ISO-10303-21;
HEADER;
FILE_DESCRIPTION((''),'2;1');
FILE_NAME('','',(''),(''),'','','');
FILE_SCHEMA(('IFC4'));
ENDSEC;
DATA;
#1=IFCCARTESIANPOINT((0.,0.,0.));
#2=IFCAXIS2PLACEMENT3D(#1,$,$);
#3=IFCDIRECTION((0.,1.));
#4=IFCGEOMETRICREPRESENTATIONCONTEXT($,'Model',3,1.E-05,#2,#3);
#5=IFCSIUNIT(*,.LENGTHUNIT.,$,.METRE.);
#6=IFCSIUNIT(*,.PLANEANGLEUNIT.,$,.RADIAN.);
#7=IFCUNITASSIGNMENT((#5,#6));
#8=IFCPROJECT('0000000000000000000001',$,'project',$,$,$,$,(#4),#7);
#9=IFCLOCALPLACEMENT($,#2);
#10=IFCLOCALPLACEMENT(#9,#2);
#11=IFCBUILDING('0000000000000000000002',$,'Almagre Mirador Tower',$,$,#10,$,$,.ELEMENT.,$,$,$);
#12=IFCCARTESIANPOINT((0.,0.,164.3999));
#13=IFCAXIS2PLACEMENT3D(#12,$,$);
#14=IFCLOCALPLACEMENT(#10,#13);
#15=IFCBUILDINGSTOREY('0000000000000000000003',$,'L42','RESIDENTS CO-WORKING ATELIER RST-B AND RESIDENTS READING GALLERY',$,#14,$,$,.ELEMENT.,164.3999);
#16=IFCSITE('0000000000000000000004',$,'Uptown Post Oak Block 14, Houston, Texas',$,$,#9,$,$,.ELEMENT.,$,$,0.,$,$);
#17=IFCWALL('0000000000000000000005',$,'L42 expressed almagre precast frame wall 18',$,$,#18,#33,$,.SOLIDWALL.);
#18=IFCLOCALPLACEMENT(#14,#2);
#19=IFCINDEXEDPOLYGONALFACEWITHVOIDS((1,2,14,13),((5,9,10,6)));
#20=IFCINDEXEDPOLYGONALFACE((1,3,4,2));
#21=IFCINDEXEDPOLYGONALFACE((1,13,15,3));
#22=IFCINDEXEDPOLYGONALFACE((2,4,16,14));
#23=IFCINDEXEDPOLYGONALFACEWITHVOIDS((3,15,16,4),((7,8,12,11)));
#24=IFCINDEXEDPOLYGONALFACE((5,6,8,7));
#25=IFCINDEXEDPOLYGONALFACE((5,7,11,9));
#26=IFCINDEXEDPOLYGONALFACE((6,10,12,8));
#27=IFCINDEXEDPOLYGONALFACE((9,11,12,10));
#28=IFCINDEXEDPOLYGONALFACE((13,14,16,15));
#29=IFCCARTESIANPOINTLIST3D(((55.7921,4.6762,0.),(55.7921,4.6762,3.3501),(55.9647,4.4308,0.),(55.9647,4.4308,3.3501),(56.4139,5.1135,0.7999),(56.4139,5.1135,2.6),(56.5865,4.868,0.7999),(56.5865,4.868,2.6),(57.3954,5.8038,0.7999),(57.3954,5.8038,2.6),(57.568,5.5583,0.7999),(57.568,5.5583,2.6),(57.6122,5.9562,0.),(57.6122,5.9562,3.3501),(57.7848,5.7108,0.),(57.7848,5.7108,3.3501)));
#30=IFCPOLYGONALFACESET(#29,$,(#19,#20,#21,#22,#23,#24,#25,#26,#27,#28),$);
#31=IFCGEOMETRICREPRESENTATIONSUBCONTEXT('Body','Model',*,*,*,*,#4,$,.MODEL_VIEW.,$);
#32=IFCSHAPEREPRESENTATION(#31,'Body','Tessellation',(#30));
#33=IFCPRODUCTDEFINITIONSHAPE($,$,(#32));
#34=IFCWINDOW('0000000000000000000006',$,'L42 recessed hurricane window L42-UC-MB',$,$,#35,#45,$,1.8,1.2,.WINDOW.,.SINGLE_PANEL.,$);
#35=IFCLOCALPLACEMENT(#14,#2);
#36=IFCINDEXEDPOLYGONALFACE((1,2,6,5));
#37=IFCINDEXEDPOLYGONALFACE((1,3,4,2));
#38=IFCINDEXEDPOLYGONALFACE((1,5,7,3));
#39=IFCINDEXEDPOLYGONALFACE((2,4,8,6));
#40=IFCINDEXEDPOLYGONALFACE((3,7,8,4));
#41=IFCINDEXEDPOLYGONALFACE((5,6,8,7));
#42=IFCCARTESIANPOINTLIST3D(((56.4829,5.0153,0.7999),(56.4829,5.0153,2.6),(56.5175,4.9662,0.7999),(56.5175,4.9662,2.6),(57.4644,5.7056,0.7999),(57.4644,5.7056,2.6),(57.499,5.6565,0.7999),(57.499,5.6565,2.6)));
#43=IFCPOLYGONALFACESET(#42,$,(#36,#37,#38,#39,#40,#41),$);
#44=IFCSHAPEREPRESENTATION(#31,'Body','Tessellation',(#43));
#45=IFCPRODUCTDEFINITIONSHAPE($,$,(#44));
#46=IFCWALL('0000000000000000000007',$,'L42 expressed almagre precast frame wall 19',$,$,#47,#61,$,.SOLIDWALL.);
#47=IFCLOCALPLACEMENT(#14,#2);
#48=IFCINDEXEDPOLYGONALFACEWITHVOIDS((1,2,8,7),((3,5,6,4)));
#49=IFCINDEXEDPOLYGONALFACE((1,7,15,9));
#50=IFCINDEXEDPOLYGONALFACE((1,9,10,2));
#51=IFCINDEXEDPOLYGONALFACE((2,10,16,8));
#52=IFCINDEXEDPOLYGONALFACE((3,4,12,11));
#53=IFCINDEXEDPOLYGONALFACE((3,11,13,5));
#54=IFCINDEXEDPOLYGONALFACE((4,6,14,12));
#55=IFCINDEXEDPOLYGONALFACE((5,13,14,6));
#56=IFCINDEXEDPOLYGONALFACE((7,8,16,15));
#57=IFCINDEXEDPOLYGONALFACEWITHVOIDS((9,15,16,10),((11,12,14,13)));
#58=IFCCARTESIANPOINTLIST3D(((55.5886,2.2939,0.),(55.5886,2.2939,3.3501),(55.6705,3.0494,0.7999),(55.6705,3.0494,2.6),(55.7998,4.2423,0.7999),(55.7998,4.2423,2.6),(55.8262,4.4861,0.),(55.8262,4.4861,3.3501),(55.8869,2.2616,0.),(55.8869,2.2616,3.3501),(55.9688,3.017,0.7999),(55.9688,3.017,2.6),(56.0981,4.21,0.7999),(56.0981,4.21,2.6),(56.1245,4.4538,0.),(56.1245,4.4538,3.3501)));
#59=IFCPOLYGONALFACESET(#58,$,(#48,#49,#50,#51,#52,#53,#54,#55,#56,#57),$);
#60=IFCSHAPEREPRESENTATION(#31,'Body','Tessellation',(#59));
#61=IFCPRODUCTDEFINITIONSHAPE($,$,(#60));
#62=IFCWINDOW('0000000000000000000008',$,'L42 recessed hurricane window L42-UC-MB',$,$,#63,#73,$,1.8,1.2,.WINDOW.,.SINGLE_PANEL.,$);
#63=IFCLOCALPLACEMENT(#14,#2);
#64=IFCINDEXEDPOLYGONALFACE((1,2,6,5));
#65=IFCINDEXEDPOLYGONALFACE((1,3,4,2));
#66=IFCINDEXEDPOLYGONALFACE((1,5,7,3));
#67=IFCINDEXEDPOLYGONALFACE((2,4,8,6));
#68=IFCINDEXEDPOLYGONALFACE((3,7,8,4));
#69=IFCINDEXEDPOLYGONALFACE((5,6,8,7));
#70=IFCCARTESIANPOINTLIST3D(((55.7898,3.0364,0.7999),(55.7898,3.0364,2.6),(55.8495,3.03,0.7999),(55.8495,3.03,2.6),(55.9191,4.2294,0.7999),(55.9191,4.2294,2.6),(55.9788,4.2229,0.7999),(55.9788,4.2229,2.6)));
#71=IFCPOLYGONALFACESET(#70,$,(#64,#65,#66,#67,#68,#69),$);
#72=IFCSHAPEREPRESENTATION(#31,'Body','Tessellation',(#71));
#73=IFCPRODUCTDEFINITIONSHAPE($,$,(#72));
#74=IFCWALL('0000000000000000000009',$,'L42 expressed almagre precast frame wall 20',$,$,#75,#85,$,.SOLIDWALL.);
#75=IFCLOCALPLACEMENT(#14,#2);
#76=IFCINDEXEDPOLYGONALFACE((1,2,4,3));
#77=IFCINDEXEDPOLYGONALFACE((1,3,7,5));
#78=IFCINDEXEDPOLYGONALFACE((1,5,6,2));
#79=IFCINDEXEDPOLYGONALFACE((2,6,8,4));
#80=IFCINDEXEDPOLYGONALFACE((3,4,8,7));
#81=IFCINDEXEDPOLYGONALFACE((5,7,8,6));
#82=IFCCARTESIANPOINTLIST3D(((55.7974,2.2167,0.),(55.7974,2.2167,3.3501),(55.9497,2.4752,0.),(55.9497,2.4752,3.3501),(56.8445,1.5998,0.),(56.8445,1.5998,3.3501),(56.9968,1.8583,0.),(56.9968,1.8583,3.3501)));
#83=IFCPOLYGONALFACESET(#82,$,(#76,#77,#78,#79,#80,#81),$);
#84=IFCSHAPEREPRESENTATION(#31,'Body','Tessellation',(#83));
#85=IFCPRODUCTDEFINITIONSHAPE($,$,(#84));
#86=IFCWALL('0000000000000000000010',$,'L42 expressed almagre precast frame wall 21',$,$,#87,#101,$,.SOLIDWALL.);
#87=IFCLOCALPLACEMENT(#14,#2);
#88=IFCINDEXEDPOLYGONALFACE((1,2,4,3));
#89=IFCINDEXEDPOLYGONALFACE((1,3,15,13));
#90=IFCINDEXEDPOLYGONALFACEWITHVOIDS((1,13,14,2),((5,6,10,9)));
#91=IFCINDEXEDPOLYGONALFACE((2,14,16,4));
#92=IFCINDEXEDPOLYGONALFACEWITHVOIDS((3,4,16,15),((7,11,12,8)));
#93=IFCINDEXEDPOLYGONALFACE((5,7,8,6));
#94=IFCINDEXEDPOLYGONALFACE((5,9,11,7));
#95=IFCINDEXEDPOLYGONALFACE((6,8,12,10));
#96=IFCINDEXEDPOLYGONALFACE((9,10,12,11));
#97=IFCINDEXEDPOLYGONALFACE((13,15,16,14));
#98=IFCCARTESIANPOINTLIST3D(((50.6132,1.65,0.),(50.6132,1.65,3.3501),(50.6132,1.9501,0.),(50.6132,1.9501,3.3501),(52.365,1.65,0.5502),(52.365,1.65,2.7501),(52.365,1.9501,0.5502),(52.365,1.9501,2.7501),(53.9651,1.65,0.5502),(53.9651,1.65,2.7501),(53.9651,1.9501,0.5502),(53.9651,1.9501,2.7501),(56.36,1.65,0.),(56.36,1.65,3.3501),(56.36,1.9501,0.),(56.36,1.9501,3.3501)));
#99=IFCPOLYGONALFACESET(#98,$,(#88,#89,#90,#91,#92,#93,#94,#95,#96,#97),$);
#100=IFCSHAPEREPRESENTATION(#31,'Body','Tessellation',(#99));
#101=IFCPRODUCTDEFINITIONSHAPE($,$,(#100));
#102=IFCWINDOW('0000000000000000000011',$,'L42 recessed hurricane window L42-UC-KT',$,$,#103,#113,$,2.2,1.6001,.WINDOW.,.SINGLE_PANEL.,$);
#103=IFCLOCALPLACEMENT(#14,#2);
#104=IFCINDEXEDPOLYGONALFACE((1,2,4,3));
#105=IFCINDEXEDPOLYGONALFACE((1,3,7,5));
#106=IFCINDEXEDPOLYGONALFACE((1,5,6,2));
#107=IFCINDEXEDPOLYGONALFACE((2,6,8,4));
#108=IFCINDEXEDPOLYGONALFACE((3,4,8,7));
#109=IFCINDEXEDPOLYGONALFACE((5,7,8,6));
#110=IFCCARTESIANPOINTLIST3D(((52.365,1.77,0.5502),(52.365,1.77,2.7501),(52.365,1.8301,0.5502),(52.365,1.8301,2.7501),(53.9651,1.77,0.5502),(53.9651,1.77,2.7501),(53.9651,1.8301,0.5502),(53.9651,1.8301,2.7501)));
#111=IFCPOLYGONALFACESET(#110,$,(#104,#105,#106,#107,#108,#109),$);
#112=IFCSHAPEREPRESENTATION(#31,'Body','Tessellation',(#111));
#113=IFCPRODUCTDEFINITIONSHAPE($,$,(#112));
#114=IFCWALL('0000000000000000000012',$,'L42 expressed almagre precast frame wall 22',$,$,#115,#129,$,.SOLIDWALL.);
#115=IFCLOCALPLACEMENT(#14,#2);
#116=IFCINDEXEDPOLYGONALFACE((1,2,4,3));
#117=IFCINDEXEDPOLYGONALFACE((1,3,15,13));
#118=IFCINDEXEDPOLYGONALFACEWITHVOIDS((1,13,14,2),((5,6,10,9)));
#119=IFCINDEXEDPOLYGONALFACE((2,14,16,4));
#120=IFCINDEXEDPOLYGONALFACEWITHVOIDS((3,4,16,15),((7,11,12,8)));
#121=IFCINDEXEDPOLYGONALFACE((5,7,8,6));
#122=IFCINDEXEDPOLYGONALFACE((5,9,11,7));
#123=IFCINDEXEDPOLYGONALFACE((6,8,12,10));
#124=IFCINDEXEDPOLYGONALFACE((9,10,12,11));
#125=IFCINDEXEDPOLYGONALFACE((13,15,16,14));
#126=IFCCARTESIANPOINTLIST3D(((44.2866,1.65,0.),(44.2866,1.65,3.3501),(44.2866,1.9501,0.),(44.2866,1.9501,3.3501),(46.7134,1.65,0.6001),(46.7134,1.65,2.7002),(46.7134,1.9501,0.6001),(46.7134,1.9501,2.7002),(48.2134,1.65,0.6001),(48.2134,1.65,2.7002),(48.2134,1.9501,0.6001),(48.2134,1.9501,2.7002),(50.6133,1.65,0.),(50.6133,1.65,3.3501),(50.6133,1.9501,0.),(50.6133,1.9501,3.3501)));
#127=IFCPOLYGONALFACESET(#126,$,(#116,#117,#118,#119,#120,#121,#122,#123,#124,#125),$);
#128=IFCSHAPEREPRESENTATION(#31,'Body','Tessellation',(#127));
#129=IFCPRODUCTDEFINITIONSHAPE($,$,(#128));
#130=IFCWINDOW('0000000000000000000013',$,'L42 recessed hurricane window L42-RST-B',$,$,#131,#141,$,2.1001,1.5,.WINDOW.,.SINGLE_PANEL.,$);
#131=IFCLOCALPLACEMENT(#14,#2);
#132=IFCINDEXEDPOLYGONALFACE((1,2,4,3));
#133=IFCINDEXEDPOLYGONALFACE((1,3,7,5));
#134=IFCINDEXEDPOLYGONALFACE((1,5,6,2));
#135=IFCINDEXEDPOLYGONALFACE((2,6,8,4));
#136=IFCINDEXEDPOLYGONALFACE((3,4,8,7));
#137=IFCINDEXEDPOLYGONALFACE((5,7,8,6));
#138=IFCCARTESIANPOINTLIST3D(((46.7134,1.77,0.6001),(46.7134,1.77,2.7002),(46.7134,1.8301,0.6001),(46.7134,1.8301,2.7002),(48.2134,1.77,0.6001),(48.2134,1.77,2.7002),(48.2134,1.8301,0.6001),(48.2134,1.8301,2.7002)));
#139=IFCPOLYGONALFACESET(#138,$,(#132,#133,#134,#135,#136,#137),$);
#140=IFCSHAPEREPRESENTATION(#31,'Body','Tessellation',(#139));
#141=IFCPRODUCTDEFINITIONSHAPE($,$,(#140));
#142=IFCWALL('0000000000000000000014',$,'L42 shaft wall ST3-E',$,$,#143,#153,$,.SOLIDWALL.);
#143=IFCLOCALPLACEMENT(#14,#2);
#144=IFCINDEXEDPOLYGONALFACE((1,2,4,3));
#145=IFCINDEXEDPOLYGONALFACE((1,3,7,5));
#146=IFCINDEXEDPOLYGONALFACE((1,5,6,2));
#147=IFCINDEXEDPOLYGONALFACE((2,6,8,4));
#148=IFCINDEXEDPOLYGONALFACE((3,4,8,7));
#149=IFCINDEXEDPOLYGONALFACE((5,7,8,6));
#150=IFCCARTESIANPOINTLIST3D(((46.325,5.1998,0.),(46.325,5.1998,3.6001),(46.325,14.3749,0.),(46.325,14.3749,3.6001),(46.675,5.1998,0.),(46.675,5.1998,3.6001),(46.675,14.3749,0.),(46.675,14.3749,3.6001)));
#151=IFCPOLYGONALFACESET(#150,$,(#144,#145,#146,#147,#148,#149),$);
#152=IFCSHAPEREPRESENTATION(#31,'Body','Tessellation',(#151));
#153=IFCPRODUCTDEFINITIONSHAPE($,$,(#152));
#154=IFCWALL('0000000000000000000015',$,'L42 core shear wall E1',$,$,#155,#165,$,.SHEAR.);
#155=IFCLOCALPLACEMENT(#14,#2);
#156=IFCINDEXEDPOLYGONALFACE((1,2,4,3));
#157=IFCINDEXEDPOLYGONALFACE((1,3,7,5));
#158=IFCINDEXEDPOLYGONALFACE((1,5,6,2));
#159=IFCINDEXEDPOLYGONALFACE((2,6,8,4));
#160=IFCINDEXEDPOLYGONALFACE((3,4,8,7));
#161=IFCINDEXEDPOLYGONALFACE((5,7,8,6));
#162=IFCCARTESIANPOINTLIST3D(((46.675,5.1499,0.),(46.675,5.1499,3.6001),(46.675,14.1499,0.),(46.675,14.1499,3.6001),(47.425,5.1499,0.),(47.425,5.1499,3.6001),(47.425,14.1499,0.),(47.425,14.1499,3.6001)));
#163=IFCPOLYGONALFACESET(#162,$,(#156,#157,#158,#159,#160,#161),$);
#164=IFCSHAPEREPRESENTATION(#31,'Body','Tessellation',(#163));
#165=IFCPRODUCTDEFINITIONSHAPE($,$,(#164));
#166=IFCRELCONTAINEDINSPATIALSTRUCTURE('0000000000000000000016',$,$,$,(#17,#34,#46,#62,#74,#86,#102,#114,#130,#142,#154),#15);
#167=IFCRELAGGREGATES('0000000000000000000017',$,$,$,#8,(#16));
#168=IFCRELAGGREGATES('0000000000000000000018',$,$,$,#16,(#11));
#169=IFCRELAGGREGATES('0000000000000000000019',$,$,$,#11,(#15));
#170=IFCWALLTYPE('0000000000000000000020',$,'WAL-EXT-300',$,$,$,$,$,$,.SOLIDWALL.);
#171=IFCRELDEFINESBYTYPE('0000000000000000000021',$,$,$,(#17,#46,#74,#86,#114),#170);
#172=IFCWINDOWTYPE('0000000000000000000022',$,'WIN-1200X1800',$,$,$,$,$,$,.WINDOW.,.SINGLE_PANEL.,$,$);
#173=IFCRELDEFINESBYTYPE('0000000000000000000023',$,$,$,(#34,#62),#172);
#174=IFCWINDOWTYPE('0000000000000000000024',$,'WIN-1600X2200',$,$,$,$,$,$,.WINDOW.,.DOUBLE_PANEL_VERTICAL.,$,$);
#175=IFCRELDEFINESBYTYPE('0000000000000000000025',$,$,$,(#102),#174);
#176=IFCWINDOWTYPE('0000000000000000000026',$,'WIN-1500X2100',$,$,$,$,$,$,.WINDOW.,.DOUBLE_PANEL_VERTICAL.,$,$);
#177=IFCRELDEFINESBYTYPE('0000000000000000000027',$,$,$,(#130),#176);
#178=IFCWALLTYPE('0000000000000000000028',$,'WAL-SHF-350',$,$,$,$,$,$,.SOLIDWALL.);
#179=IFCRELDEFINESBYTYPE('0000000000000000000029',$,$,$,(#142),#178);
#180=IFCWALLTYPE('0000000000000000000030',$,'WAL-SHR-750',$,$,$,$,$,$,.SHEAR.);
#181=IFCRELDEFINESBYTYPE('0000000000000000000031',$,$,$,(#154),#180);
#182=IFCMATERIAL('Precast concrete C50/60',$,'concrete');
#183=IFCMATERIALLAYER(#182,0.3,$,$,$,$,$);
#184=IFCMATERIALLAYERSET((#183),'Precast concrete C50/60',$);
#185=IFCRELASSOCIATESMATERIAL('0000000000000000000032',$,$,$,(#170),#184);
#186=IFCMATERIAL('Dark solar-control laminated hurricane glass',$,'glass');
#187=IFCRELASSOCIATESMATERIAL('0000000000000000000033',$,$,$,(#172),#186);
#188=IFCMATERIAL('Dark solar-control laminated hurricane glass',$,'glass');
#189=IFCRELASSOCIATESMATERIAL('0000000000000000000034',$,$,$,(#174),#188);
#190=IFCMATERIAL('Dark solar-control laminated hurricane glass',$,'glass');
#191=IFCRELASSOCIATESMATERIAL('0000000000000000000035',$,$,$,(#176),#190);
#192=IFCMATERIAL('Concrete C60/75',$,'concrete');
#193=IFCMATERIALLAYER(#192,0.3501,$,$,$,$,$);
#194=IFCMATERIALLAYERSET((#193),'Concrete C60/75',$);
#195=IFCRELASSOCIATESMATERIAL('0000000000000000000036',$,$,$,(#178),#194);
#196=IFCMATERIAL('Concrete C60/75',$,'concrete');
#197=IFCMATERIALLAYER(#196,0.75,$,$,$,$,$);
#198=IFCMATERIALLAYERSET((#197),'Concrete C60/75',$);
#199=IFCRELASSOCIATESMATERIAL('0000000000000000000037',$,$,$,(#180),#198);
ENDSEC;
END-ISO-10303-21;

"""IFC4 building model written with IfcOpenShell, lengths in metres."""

from ifc_helpers import new_model, si_unit, direction, frame, frame_2d, origin, place, context, subcontext, project, spatial, rectangle, extrude, material, layer, layer_set, type_object, element, fill, save


model = new_model("IFC4")

# Units and contexts
model_context = context("Model", 3, precision=1e-05, world=origin(), true_north=direction((0.0, 1.0)))
body_context = subcontext(model_context, "Body", "Model", "MODEL_VIEW")
ifc_project = project(units=[si_unit("LENGTHUNIT", "METRE"), si_unit("PLANEANGLEUNIT", "RADIAN")], contexts=[model_context])

# Site, building, storey
site_placement = place(None, origin())
site = spatial("IfcSite", under=ifc_project, at=site_placement, Name="Uptown Post Oak Block 14, Houston, Texas", CompositionType="ELEMENT", RefElevation=0.0)
building_placement = place(site_placement, origin())
building = spatial("IfcBuilding", under=site, at=building_placement, Name="Almagre Mirador Tower", CompositionType="ELEMENT")
storey_placement = place(building_placement, frame((0.0, 0.0, 164.3999)))
storey = spatial("IfcBuildingStorey", under=building, at=storey_placement, Name="L42", Description="RESIDENTS CO-WORKING ATELIER RST-B AND RESIDENTS READING GALLERY", CompositionType="ELEMENT", Elevation=164.3999)

# Shared definitions
ifc_material_1 = material(Name="Precast concrete C50/60", Category="concrete")
ifc_layer_1 = layer(ifc_material_1, 0.3)
ifc_layer_set_1 = layer_set([ifc_layer_1], Name="Precast concrete C50/60")
wall_type_1 = type_object("IfcWallType", Name="WAL-EXT-300", PredefinedType="SOLIDWALL", material=ifc_layer_set_1)

# Walls, openings, windows
wall_1_placement = place(storey_placement, frame((57.6985, 5.8335, 0.0), z_axis=(0.0, 0.0, 1.0), x_axis=(-0.817967, -0.575265, 0.0)))
wall_1 = element("IfcWall", 1, at=wall_1_placement, inside=storey, type_object=wall_type_1, Name="L42 expressed almagre precast frame wall 18", PredefinedType="SOLIDWALL", context=body_context, shape_type="SweptSolid", body=[
    extrude(rectangle(XDim=2.2251, YDim=0.3, at=frame_2d((1.1125, 0.0))), origin(), (0.0, 0.0, 1.0), 3.3501),
])
opening_1_placement = place(wall_1_placement, frame((0.2649, 0.0, 0.8)))
opening_1 = element("IfcOpeningElement", 2, at=opening_1_placement, cuts=wall_1, PredefinedType="OPENING", context=body_context, shape_type="SweptSolid", body=[
    extrude(rectangle(XDim=1.2, YDim=1.8, at=frame_2d((0.6001, 0.8999))), frame((0.0, 0.1599, 0.0), z_axis=(0.0, -1.0, 0.0), x_axis=(1.0, 0.0, 0.0)), (0.0, 0.0, 1.0), 0.32),
])
ifc_material_2 = material(Name="Dark solar-control laminated hurricane glass", Category="glass")
window_type_1 = type_object("IfcWindowType", Name="WIN-1200X1800", PartitioningType="SINGLE_PANEL", PredefinedType="WINDOW", material=ifc_material_2)
window_1_placement = place(opening_1_placement, origin())
window_1 = element("IfcWindow", 3, at=window_1_placement, inside=storey, type_object=window_type_1, Name="L42 recessed hurricane window L42-UC-MB", OverallHeight=1.8, OverallWidth=1.2, PartitioningType="SINGLE_PANEL", PredefinedType="WINDOW", context=body_context, shape_type="SweptSolid", body=[
    extrude(rectangle(XDim=1.2, YDim=1.8, at=frame_2d((0.6001, 0.8999))), frame((0.0, 0.03, 0.0), z_axis=(0.0, -1.0, 0.0), x_axis=(1.0, 0.0, 0.0)), (0.0, 0.0, 1.0), 0.0601),
])
fill(opening_1, window_1)
wall_2_placement = place(storey_placement, frame((55.9753, 4.47, 0.0), z_axis=(0.0, 0.0, 1.0), x_axis=(-0.107733, -0.99418, 0.0)))
wall_2 = element("IfcWall", 4, at=wall_2_placement, inside=storey, type_object=wall_type_1, Name="L42 expressed almagre precast frame wall 19", PredefinedType="SOLIDWALL", context=body_context, shape_type="SweptSolid", body=[
    extrude(rectangle(XDim=2.2051, YDim=0.3, at=frame_2d((1.1025, 0.0))), origin(), (0.0, 0.0, 1.0), 3.3501),
])
opening_2_placement = place(wall_2_placement, frame((0.2451, 0.0, 0.8)))
opening_2 = element("IfcOpeningElement", 5, at=opening_2_placement, cuts=wall_2, PredefinedType="OPENING", context=body_context, shape_type="SweptSolid", body=[
    extrude(rectangle(XDim=1.2, YDim=1.8, at=frame_2d((0.6001, 0.8999))), frame((0.0, 0.1599, 0.0), z_axis=(0.0, -1.0, 0.0), x_axis=(1.0, 0.0, 0.0)), (0.0, 0.0, 1.0), 0.32),
])
window_2_placement = place(opening_2_placement, origin())
window_2 = element("IfcWindow", 6, at=window_2_placement, inside=storey, type_object=window_type_1, Name="L42 recessed hurricane window L42-UC-MB", OverallHeight=1.8, OverallWidth=1.2, PartitioningType="SINGLE_PANEL", PredefinedType="WINDOW", context=body_context, shape_type="SweptSolid", body=[
    extrude(rectangle(XDim=1.2, YDim=1.8, at=frame_2d((0.6001, 0.8999))), frame((0.0, 0.03, 0.0), z_axis=(0.0, -1.0, 0.0), x_axis=(1.0, 0.0, 0.0)), (0.0, 0.0, 1.0), 0.0601),
])
fill(opening_2, window_2)

# Wall
wall_3_placement = place(storey_placement, frame((55.8735, 2.3459, 0.0), z_axis=(0.0, 0.0, 1.0), x_axis=(0.861578, -0.507626, 0.0)))
element("IfcWall", 7, at=wall_3_placement, inside=storey, type_object=wall_type_1, Name="L42 expressed almagre precast frame wall 20", PredefinedType="SOLIDWALL", context=body_context, shape_type="SweptSolid", body=[
    extrude(rectangle(XDim=1.2153, YDim=0.3, at=frame_2d((0.6077, 0.0))), origin(), (0.0, 0.0, 1.0), 3.3501),
])

# Walls, openings, windows
wall_4_placement = place(storey_placement, frame((56.3601, 1.8, 0.0), z_axis=(0.0, 0.0, 1.0), x_axis=(-1.0, 0.0, 0.0)))
wall_4 = element("IfcWall", 8, at=wall_4_placement, inside=storey, type_object=wall_type_1, Name="L42 expressed almagre precast frame wall 21", PredefinedType="SOLIDWALL", context=body_context, shape_type="SweptSolid", body=[
    extrude(rectangle(XDim=5.7468, YDim=0.3, at=frame_2d((2.8735, 0.0))), origin(), (0.0, 0.0, 1.0), 3.3501),
])
opening_3_placement = place(wall_4_placement, frame((2.395, 0.0, 0.55)))
opening_3 = element("IfcOpeningElement", 9, at=opening_3_placement, cuts=wall_4, PredefinedType="OPENING", context=body_context, shape_type="SweptSolid", body=[
    extrude(rectangle(XDim=1.6001, YDim=2.2, at=frame_2d((0.8, 1.1001))), frame((0.0, 0.1599, 0.0), z_axis=(0.0, -1.0, 0.0), x_axis=(1.0, 0.0, 0.0)), (0.0, 0.0, 1.0), 0.32),
])
ifc_material_3 = material(Name="Dark solar-control laminated hurricane glass", Category="glass")
window_type_2 = type_object("IfcWindowType", Name="WIN-1600X2200", PartitioningType="DOUBLE_PANEL_VERTICAL", PredefinedType="WINDOW", material=ifc_material_3)
window_3_placement = place(opening_3_placement, origin())
window_3 = element("IfcWindow", 10, at=window_3_placement, inside=storey, type_object=window_type_2, Name="L42 recessed hurricane window L42-UC-KT", OverallHeight=2.2, OverallWidth=1.6001, PartitioningType="SINGLE_PANEL", PredefinedType="WINDOW", context=body_context, shape_type="SweptSolid", body=[
    extrude(rectangle(XDim=1.6001, YDim=2.2, at=frame_2d((0.8, 1.1001))), frame((0.0, 0.03, 0.0), z_axis=(0.0, -1.0, 0.0), x_axis=(1.0, 0.0, 0.0)), (0.0, 0.0, 1.0), 0.0601),
])
fill(opening_3, window_3)
wall_5_placement = place(storey_placement, frame((50.6133, 1.8, 0.0), z_axis=(0.0, 0.0, 1.0), x_axis=(-1.0, 0.0, 0.0)))
wall_5 = element("IfcWall", 11, at=wall_5_placement, inside=storey, type_object=wall_type_1, Name="L42 expressed almagre precast frame wall 22", PredefinedType="SOLIDWALL", context=body_context, shape_type="SweptSolid", body=[
    extrude(rectangle(XDim=6.3267, YDim=0.3, at=frame_2d((3.1633, 0.0))), origin(), (0.0, 0.0, 1.0), 3.3501),
])
opening_4_placement = place(wall_5_placement, frame((2.3999, 0.0, 0.6001)))
opening_4 = element("IfcOpeningElement", 12, at=opening_4_placement, cuts=wall_5, PredefinedType="OPENING", context=body_context, shape_type="SweptSolid", body=[
    extrude(rectangle(XDim=1.5, YDim=2.1001, at=frame_2d((0.75, 1.05))), frame((0.0, 0.1599, 0.0), z_axis=(0.0, -1.0, 0.0), x_axis=(1.0, 0.0, 0.0)), (0.0, 0.0, 1.0), 0.32),
])
ifc_material_4 = material(Name="Dark solar-control laminated hurricane glass", Category="glass")
window_type_3 = type_object("IfcWindowType", Name="WIN-1500X2100", PartitioningType="DOUBLE_PANEL_VERTICAL", PredefinedType="WINDOW", material=ifc_material_4)
window_4_placement = place(opening_4_placement, origin())
window_4 = element("IfcWindow", 13, at=window_4_placement, inside=storey, type_object=window_type_3, Name="L42 recessed hurricane window L42-RST-B", OverallHeight=2.1001, OverallWidth=1.5, PartitioningType="SINGLE_PANEL", PredefinedType="WINDOW", context=body_context, shape_type="SweptSolid", body=[
    extrude(rectangle(XDim=1.5, YDim=2.1001, at=frame_2d((0.75, 1.05))), frame((0.0, 0.03, 0.0), z_axis=(0.0, -1.0, 0.0), x_axis=(1.0, 0.0, 0.0)), (0.0, 0.0, 1.0), 0.0601),
])
fill(opening_4, window_4)

# Walls
ifc_material_5 = material(Name="Concrete C60/75", Category="concrete")
ifc_layer_2 = layer(ifc_material_5, 0.3501)
ifc_layer_set_2 = layer_set([ifc_layer_2], Name="Concrete C60/75")
wall_type_2 = type_object("IfcWallType", Name="WAL-SHF-350", PredefinedType="SOLIDWALL", material=ifc_layer_set_2)
wall_6_placement = place(storey_placement, frame((46.5, 5.2, 0.0), z_axis=(0.0, 0.0, 1.0), x_axis=(0.0, 1.0, 0.0)))
element("IfcWall", 14, at=wall_6_placement, inside=storey, type_object=wall_type_2, Name="L42 shaft wall ST3-E", PredefinedType="SOLIDWALL", context=body_context, shape_type="SweptSolid", body=[
    extrude(rectangle(XDim=9.175, YDim=0.3501, at=frame_2d((4.5874, 0.0))), origin(), (0.0, 0.0, 1.0), 3.6001),
])
ifc_material_6 = material(Name="Concrete C60/75", Category="concrete")
ifc_layer_3 = layer(ifc_material_6, 0.75)
ifc_layer_set_3 = layer_set([ifc_layer_3], Name="Concrete C60/75")
wall_type_3 = type_object("IfcWallType", Name="WAL-SHR-750", PredefinedType="SHEAR", material=ifc_layer_set_3)
wall_7_placement = place(storey_placement, frame((47.05, 5.1499, 0.0), z_axis=(0.0, 0.0, 1.0), x_axis=(0.0, 1.0, 0.0)))
element("IfcWall", 15, at=wall_7_placement, inside=storey, type_object=wall_type_3, Name="L42 core shear wall E1", PredefinedType="SHEAR", context=body_context, shape_type="SweptSolid", body=[
    extrude(rectangle(XDim=9.0, YDim=0.75, at=frame_2d((4.5, 0.0))), origin(), (0.0, 0.0, 1.0), 3.6001),
])

save(model, "model.ifc")
